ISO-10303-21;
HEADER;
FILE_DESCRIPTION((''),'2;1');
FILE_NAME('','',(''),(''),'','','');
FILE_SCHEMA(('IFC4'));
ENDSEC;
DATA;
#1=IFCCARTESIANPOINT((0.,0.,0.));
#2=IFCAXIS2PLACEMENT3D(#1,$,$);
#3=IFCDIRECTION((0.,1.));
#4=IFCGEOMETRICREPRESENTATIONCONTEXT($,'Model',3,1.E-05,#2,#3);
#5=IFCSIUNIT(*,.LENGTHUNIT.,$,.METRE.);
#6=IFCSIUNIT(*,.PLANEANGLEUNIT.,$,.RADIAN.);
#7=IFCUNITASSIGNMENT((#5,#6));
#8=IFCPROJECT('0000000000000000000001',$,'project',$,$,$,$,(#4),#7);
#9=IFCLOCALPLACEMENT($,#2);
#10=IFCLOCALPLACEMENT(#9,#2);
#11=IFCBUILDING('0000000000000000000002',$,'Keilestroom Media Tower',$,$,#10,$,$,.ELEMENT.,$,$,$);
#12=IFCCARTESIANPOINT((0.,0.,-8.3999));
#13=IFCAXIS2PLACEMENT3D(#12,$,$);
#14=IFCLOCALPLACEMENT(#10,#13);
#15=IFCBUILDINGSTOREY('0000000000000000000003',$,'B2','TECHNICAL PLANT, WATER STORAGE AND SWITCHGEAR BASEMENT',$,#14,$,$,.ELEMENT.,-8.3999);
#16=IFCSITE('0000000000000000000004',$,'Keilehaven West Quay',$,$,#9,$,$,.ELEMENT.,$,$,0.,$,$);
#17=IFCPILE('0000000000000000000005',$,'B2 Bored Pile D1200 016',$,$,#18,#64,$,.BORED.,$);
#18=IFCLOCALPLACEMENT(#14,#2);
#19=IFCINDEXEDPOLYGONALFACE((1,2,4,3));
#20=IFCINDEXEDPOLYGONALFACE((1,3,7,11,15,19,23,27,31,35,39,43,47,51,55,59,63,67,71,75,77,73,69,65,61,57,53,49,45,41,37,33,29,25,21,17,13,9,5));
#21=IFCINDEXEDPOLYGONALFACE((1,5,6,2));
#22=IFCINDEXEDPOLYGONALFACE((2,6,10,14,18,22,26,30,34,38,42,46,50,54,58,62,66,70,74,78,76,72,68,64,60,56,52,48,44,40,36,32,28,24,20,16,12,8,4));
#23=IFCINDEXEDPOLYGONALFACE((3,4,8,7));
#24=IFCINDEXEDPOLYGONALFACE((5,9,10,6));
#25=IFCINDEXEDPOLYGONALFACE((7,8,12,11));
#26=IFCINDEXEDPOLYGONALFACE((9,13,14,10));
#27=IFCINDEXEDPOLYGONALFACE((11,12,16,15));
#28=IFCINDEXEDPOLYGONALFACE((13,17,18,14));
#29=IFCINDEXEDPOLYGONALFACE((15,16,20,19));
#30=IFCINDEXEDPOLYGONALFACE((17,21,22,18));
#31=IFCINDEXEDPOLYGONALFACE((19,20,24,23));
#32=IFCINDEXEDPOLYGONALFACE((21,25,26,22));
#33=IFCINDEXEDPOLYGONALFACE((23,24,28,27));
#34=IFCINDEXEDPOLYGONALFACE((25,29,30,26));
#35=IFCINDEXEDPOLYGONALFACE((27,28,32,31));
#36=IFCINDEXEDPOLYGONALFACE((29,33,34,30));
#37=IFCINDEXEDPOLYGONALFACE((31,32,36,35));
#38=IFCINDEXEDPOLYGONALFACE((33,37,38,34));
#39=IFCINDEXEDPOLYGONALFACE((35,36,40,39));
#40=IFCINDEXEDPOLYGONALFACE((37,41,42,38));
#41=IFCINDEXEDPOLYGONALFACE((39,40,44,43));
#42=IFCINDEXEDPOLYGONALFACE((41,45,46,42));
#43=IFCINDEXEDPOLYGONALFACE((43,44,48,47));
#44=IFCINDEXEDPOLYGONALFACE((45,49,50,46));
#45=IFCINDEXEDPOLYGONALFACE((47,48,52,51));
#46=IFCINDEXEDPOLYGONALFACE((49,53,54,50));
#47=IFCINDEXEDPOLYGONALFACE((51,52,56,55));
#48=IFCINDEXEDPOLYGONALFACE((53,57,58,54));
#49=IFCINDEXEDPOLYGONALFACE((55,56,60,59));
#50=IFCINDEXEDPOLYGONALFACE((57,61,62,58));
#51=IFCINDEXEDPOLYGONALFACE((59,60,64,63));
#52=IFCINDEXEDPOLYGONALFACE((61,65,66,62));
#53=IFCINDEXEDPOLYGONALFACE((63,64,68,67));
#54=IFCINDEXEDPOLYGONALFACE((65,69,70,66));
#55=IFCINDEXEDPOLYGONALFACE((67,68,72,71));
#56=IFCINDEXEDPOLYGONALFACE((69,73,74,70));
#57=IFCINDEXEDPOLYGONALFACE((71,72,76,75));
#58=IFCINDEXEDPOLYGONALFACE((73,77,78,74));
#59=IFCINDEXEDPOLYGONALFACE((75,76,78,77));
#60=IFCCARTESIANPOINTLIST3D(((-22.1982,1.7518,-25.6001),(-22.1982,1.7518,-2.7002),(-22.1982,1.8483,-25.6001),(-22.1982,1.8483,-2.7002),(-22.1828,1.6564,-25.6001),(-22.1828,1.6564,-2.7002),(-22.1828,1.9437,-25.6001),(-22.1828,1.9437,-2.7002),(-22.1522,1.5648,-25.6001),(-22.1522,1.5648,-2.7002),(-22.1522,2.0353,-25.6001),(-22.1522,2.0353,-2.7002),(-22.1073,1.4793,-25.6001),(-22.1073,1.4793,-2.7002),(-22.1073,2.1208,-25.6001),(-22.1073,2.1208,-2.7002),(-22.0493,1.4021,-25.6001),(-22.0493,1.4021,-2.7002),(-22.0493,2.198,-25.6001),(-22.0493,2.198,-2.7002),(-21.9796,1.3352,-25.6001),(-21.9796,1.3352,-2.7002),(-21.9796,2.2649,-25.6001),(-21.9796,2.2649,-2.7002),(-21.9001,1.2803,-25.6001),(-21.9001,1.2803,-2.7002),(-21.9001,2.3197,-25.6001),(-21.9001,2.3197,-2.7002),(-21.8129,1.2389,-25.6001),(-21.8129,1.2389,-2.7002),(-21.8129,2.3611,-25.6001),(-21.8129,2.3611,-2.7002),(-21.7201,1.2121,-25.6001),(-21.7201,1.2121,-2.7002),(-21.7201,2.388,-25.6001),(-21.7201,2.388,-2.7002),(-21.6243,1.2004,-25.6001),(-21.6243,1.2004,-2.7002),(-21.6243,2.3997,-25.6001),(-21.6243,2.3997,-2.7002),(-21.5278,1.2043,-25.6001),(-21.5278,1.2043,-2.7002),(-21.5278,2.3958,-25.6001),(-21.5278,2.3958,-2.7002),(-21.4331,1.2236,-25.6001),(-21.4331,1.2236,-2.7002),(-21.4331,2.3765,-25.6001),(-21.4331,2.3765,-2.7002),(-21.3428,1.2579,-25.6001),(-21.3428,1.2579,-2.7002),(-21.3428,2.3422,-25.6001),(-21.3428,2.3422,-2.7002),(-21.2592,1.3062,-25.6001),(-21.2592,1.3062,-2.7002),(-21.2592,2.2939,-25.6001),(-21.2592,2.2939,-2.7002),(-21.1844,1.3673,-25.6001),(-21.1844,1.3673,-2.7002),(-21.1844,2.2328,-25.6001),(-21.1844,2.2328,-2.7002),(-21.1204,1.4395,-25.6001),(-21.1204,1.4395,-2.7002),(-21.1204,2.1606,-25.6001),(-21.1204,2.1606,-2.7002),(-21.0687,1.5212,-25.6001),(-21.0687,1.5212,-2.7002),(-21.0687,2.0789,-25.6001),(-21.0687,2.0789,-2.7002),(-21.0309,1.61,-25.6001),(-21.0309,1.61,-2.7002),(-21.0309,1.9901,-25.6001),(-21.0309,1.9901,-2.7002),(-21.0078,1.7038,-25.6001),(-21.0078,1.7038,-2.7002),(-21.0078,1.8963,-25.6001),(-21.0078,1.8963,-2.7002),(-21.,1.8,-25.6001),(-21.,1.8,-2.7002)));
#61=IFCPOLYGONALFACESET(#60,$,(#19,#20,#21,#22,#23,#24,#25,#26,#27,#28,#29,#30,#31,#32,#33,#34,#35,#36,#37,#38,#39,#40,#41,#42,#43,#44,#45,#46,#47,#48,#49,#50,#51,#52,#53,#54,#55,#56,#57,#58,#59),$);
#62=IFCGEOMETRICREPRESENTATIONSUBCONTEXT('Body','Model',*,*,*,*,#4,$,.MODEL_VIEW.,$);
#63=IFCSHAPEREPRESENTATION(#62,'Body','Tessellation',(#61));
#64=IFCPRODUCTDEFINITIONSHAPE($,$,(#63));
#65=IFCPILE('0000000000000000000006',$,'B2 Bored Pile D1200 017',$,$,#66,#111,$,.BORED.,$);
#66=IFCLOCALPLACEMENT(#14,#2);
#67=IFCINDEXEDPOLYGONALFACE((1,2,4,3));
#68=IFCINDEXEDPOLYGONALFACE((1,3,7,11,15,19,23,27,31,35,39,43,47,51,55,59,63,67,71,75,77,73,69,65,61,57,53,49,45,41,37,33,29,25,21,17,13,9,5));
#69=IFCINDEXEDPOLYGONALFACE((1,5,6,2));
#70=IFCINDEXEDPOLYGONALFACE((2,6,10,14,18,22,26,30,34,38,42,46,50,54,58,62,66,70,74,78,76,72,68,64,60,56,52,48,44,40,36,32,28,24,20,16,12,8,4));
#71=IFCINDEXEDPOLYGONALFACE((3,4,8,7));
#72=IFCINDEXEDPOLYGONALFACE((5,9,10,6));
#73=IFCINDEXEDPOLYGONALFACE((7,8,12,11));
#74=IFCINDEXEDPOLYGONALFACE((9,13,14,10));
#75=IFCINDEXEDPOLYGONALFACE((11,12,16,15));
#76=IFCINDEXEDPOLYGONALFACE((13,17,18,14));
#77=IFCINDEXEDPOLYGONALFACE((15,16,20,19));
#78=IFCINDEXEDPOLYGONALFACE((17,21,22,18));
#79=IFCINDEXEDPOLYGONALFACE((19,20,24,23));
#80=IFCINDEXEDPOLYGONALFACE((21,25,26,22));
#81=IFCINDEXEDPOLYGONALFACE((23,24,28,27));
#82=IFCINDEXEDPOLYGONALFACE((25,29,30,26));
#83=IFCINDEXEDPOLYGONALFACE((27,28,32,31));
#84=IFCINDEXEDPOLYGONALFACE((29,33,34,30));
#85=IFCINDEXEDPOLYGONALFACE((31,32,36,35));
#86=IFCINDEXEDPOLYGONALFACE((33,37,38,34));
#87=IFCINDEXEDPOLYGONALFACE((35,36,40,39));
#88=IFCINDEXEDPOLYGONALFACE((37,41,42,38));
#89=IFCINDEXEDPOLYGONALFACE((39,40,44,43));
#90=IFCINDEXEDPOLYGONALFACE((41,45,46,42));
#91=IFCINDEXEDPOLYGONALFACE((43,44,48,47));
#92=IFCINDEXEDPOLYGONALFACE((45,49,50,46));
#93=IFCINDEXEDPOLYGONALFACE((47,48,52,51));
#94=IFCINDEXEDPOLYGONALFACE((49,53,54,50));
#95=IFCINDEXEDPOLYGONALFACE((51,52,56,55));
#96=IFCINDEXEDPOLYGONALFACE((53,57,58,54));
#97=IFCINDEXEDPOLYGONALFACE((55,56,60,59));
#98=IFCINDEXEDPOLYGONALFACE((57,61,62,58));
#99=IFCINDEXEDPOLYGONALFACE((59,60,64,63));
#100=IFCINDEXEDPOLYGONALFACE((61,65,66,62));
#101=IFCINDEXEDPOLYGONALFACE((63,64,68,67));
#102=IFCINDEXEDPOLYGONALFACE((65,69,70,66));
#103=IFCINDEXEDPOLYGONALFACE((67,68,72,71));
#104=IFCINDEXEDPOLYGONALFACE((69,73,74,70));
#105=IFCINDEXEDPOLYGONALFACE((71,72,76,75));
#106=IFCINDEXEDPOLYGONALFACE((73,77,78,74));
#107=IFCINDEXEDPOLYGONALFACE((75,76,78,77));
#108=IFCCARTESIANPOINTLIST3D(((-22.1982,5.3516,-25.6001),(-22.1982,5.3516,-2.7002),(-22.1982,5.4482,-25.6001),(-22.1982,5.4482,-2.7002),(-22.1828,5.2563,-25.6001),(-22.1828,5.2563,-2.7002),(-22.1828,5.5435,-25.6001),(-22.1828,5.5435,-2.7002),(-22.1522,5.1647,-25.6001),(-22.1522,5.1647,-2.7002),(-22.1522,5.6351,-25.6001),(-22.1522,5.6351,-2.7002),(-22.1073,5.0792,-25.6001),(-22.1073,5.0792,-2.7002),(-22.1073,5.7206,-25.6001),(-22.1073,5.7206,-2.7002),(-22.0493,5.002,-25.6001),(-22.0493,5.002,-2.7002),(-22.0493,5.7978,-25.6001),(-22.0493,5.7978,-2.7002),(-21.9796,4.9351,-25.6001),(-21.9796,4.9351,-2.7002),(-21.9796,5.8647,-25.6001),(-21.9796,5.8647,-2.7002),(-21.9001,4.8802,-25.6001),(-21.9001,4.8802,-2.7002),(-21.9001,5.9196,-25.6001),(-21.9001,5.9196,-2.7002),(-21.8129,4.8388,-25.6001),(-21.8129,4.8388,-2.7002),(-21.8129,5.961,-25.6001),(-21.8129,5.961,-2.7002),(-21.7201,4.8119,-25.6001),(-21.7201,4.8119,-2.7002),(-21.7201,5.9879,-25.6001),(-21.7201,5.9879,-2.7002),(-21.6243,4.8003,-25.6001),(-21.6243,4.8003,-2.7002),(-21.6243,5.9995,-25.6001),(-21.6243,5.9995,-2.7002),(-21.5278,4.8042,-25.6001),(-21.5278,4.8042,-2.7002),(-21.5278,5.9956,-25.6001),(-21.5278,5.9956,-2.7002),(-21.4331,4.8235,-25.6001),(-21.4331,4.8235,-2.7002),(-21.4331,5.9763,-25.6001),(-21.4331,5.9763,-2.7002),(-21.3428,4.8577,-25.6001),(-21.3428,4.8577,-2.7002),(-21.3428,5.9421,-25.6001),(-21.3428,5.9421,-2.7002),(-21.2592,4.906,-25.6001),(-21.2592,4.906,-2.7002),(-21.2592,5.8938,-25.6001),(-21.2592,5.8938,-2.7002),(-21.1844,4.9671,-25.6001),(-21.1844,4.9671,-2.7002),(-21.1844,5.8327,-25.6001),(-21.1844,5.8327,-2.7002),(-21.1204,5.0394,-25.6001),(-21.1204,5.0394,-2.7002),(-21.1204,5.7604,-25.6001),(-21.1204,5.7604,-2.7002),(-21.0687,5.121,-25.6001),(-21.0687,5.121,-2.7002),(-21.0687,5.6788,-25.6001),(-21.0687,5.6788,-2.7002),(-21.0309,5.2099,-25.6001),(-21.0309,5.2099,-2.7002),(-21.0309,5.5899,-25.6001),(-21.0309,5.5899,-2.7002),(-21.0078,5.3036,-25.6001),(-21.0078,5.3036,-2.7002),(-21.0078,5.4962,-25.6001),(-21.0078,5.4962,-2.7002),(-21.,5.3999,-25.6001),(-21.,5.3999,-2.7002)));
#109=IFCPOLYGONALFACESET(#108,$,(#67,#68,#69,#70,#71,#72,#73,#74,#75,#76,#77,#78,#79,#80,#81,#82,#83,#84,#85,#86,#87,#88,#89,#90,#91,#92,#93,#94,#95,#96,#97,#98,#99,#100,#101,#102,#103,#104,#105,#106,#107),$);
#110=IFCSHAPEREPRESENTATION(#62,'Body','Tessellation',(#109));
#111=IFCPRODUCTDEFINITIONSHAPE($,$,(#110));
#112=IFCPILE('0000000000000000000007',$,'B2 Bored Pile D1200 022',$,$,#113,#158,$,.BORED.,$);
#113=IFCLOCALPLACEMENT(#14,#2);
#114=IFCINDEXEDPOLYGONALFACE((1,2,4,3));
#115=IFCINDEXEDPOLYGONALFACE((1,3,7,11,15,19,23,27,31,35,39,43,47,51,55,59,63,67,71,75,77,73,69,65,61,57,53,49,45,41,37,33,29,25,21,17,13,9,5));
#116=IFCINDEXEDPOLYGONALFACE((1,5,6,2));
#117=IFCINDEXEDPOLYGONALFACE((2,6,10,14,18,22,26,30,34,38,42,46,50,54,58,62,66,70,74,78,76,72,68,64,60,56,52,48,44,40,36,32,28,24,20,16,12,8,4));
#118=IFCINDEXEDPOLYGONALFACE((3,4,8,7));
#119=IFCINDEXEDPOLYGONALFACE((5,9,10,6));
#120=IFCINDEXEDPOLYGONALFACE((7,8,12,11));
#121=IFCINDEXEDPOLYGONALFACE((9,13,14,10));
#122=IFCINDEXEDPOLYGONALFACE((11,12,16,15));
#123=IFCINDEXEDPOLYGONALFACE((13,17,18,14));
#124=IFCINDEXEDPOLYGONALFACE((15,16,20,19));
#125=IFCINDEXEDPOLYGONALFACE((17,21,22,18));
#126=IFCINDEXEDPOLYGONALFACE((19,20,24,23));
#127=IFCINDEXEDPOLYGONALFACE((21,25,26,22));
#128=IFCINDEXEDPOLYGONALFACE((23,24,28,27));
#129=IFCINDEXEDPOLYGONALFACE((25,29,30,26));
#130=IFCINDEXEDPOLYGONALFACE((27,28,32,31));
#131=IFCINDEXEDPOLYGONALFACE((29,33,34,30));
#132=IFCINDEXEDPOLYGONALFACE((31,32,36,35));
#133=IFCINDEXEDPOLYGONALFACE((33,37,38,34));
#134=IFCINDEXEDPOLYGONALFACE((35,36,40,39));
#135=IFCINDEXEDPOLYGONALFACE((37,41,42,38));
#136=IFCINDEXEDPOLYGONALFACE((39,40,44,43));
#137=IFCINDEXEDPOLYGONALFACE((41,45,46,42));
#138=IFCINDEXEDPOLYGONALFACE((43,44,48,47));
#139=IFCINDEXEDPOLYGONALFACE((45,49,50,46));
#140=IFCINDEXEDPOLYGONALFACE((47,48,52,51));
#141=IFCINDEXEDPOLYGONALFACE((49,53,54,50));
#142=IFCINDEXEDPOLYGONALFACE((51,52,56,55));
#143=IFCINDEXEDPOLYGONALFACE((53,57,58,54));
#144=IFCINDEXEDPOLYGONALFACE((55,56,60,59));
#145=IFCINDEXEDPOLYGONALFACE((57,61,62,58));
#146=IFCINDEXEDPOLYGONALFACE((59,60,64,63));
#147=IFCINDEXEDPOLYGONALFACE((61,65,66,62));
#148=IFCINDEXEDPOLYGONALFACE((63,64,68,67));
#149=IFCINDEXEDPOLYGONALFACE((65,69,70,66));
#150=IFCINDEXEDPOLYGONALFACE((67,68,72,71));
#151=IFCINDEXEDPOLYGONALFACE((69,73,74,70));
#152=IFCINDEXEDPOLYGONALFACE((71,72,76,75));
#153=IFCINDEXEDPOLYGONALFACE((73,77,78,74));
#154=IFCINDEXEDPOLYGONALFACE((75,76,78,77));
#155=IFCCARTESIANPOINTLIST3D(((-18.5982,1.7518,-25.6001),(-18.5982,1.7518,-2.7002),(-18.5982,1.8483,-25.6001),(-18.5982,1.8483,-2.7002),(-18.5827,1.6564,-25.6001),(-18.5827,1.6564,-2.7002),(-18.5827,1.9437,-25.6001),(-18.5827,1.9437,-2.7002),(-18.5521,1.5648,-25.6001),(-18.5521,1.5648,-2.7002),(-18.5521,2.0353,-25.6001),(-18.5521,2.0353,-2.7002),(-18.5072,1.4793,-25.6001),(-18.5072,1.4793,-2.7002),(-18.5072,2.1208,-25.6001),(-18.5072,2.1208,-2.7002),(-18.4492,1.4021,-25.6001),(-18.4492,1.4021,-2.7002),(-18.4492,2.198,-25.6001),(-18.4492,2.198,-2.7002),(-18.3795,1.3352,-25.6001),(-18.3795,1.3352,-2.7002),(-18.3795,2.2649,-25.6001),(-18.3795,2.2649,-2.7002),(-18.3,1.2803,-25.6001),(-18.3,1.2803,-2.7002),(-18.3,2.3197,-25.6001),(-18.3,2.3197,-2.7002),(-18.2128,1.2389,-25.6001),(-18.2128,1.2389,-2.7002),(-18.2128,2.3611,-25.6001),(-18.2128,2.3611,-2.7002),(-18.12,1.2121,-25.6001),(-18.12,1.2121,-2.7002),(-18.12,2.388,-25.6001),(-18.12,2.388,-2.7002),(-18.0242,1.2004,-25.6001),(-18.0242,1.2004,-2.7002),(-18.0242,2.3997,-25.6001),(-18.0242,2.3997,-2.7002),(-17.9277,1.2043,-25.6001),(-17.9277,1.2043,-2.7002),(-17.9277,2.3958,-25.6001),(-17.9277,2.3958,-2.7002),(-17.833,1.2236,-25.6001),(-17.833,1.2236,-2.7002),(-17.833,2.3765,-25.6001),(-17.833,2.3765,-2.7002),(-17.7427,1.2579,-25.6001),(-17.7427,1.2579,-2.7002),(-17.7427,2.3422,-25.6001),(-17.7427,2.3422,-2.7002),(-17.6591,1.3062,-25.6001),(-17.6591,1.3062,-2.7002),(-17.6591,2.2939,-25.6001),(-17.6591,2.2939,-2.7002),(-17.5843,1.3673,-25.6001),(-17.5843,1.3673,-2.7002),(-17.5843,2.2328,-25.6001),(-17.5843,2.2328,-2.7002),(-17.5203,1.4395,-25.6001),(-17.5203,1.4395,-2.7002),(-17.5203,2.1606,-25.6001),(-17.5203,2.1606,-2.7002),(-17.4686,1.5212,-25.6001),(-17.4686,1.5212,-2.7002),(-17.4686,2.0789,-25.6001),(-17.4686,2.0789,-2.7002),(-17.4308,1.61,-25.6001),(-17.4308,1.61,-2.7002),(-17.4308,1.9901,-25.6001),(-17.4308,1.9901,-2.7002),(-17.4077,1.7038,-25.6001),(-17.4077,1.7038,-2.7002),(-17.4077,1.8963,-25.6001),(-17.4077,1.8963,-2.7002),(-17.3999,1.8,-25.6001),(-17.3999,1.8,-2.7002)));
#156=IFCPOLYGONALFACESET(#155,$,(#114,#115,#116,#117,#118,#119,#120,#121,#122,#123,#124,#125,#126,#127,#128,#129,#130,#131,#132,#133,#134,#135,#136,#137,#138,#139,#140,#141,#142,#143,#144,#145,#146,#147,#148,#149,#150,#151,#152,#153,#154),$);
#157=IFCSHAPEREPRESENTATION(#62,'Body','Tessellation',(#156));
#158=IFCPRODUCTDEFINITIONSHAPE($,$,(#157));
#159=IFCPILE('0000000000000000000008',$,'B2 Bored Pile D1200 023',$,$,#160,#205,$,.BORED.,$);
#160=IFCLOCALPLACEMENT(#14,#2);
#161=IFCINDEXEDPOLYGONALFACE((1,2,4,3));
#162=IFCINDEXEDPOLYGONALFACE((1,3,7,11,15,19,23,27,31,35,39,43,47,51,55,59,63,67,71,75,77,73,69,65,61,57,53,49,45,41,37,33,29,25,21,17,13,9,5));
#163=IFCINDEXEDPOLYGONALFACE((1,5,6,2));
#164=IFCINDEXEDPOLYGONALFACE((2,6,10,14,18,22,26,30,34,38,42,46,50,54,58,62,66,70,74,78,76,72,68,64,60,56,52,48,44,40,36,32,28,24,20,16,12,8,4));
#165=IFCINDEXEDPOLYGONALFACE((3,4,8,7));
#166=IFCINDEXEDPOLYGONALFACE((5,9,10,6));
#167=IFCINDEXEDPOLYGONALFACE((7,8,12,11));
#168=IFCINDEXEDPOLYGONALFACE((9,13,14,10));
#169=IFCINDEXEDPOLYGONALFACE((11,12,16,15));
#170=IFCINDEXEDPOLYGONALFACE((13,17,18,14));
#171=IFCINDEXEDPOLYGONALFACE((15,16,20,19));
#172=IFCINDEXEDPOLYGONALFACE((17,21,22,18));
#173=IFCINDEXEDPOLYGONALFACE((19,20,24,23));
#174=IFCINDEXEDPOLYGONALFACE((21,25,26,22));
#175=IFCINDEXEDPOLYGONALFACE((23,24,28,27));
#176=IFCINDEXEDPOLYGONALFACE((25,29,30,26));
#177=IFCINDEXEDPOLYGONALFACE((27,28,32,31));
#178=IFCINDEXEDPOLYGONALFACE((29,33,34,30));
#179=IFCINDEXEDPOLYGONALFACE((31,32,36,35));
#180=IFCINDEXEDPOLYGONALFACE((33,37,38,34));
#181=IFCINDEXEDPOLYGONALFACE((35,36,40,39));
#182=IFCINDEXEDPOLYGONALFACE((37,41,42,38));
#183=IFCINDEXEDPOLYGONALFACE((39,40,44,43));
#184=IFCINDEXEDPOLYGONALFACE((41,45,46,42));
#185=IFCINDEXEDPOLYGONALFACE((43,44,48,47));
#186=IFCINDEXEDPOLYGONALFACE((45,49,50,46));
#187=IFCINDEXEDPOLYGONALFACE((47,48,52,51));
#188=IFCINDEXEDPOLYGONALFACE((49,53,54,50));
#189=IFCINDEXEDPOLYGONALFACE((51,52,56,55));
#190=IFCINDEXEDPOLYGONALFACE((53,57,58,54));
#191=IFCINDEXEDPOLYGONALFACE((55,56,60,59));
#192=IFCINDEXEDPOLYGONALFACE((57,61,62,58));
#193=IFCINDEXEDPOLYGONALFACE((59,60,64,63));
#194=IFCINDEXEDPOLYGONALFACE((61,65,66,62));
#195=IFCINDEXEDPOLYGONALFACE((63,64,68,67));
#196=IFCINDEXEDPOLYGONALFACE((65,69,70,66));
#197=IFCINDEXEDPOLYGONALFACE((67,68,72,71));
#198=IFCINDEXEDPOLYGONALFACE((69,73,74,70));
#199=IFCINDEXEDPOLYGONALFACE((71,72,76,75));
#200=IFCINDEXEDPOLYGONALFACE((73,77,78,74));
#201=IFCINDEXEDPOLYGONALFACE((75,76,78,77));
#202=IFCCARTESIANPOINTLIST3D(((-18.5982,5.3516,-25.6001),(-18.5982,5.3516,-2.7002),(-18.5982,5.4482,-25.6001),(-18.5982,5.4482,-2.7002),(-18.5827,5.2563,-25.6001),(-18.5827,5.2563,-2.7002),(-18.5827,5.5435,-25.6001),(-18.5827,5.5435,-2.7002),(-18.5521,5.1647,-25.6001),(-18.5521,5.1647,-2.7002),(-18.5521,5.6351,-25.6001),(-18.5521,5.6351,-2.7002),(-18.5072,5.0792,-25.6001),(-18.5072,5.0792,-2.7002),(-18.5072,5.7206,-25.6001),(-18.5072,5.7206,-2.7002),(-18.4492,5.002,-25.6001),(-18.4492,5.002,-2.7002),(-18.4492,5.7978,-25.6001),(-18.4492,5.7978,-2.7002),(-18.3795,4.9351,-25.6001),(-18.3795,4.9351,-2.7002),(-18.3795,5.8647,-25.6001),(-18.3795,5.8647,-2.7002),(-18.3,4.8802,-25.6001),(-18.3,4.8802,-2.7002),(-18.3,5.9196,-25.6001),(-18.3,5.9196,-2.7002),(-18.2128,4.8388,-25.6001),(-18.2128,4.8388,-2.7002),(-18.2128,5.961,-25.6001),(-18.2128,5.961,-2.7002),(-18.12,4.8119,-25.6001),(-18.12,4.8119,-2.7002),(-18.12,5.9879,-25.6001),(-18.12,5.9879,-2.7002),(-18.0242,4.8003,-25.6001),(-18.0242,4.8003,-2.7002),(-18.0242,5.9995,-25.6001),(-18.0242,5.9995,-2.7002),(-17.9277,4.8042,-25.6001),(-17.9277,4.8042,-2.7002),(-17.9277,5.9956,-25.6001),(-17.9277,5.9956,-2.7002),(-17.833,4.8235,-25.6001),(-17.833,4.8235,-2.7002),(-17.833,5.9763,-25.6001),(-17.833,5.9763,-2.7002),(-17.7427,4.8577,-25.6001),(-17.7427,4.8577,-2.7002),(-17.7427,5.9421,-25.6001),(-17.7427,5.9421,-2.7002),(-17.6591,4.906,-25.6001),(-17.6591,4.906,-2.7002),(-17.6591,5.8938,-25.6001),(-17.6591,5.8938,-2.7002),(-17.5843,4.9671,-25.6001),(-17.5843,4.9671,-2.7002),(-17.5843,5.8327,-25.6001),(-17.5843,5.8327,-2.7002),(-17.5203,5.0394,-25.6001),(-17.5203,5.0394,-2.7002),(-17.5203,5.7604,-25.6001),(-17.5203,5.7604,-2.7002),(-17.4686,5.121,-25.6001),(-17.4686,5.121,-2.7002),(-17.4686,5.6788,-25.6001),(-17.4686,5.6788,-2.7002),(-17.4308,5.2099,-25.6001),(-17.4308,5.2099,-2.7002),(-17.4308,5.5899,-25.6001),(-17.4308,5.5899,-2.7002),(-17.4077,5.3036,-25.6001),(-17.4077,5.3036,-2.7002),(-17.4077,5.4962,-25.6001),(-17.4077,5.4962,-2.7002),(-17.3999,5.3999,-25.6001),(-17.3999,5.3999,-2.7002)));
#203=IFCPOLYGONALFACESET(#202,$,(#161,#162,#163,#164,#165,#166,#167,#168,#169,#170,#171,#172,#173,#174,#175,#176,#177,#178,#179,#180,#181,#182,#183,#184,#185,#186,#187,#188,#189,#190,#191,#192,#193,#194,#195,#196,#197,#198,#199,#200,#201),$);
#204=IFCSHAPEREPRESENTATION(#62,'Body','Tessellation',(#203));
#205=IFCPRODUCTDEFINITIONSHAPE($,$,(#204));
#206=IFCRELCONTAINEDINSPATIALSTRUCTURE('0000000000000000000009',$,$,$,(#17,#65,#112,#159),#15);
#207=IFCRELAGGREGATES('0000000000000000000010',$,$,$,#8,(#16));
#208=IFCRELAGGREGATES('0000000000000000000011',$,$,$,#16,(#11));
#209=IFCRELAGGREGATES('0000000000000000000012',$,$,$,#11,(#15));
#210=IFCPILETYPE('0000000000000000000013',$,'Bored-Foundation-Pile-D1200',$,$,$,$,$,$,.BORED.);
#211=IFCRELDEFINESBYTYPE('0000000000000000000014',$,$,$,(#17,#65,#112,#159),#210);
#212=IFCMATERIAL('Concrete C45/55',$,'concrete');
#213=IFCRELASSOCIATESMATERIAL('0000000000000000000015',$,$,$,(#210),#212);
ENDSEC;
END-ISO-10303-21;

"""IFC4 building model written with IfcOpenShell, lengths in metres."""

from ifc_helpers import new_model, si_unit, direction, frame, origin, origin_2d, place, context, subcontext, project, spatial, circle, extrude, source, transform, mapped, material, material_profile, profile_set, type_object, element, save


model = new_model("IFC4")

# Units and contexts
model_context = context("Model", 3, precision=1e-05, world=origin(), true_north=direction((0.0, 1.0)))
body_context = subcontext(model_context, "Body", "Model", "MODEL_VIEW")
ifc_project = project(units=[si_unit("LENGTHUNIT", "METRE"), si_unit("PLANEANGLEUNIT", "RADIAN")], contexts=[model_context])

# Site, building, storey
site_placement = place(None, origin())
site = spatial("IfcSite", under=ifc_project, at=site_placement, Name="Keilehaven West Quay", CompositionType="ELEMENT", RefElevation=0.0)
building_placement = place(site_placement, origin())
building = spatial("IfcBuilding", under=site, at=building_placement, Name="Keilestroom Media Tower", CompositionType="ELEMENT")
storey_placement = place(building_placement, frame((0.0, 0.0, -8.3999)))
storey = spatial("IfcBuildingStorey", under=building, at=storey_placement, Name="B2", Description="TECHNICAL PLANT, WATER STORAGE AND SWITCHGEAR BASEMENT", CompositionType="ELEMENT", Elevation=-8.3999)

# Piles
ifc_material_1 = material(Name="Concrete C45/55", Category="concrete")
ifc_material_profile_1 = material_profile(ifc_material_1, circle(Radius=0.6001, at=origin_2d()), Name="BORED PILE D1200")
ifc_profile_set_1 = profile_set([ifc_material_profile_1], Name="Concrete C45/55")
pile_type = type_object("IfcPileType", Name="Bored-Foundation-Pile-D1200", PredefinedType="BORED", material=ifc_profile_set_1)
shared_shape_1 = source(origin(), body_context, "Body", "SweptSolid", [
    extrude(circle(Radius=0.6001, at=origin_2d()), origin(), (0.0, 0.0, 1.0), 22.8999),
])
for number, where, z_axis, x_axis, name in (
    (1, (-21.6001, 1.8, -2.7002), (0.0, 0.0, -1.0), (1.0, 0.0, 0.0), "B2 Bored Pile D1200 016"),
    (2, (-21.6001, 5.3999, -2.7002), (0.0, 0.0, -1.0), (1.0, 0.0, 0.0), "B2 Bored Pile D1200 017"),
    (3, (-18.0, 1.8, -2.7002), (0.0, 0.0, -1.0), (1.0, 0.0, 0.0), "B2 Bored Pile D1200 022"),
    (4, (-18.0, 5.3999, -2.7002), (0.0, 0.0, -1.0), (1.0, 0.0, 0.0), "B2 Bored Pile D1200 023"),
):
    element("IfcPile", number, at=place(storey_placement, frame(where, z_axis=z_axis, x_axis=x_axis)), inside=storey, type_object=pile_type, Name=name, PredefinedType="BORED", context=body_context, shape_type="MappedRepresentation", body=[
        mapped(shared_shape_1, transform((0.0, 0.0, 0.0), x_axis=(1.0, 0.0, 0.0), y_axis=(0.0, 1.0, 0.0), z_axis=(0.0, 0.0, 1.0), scale=1.0)),
    ])

save(model, "model.ifc")
